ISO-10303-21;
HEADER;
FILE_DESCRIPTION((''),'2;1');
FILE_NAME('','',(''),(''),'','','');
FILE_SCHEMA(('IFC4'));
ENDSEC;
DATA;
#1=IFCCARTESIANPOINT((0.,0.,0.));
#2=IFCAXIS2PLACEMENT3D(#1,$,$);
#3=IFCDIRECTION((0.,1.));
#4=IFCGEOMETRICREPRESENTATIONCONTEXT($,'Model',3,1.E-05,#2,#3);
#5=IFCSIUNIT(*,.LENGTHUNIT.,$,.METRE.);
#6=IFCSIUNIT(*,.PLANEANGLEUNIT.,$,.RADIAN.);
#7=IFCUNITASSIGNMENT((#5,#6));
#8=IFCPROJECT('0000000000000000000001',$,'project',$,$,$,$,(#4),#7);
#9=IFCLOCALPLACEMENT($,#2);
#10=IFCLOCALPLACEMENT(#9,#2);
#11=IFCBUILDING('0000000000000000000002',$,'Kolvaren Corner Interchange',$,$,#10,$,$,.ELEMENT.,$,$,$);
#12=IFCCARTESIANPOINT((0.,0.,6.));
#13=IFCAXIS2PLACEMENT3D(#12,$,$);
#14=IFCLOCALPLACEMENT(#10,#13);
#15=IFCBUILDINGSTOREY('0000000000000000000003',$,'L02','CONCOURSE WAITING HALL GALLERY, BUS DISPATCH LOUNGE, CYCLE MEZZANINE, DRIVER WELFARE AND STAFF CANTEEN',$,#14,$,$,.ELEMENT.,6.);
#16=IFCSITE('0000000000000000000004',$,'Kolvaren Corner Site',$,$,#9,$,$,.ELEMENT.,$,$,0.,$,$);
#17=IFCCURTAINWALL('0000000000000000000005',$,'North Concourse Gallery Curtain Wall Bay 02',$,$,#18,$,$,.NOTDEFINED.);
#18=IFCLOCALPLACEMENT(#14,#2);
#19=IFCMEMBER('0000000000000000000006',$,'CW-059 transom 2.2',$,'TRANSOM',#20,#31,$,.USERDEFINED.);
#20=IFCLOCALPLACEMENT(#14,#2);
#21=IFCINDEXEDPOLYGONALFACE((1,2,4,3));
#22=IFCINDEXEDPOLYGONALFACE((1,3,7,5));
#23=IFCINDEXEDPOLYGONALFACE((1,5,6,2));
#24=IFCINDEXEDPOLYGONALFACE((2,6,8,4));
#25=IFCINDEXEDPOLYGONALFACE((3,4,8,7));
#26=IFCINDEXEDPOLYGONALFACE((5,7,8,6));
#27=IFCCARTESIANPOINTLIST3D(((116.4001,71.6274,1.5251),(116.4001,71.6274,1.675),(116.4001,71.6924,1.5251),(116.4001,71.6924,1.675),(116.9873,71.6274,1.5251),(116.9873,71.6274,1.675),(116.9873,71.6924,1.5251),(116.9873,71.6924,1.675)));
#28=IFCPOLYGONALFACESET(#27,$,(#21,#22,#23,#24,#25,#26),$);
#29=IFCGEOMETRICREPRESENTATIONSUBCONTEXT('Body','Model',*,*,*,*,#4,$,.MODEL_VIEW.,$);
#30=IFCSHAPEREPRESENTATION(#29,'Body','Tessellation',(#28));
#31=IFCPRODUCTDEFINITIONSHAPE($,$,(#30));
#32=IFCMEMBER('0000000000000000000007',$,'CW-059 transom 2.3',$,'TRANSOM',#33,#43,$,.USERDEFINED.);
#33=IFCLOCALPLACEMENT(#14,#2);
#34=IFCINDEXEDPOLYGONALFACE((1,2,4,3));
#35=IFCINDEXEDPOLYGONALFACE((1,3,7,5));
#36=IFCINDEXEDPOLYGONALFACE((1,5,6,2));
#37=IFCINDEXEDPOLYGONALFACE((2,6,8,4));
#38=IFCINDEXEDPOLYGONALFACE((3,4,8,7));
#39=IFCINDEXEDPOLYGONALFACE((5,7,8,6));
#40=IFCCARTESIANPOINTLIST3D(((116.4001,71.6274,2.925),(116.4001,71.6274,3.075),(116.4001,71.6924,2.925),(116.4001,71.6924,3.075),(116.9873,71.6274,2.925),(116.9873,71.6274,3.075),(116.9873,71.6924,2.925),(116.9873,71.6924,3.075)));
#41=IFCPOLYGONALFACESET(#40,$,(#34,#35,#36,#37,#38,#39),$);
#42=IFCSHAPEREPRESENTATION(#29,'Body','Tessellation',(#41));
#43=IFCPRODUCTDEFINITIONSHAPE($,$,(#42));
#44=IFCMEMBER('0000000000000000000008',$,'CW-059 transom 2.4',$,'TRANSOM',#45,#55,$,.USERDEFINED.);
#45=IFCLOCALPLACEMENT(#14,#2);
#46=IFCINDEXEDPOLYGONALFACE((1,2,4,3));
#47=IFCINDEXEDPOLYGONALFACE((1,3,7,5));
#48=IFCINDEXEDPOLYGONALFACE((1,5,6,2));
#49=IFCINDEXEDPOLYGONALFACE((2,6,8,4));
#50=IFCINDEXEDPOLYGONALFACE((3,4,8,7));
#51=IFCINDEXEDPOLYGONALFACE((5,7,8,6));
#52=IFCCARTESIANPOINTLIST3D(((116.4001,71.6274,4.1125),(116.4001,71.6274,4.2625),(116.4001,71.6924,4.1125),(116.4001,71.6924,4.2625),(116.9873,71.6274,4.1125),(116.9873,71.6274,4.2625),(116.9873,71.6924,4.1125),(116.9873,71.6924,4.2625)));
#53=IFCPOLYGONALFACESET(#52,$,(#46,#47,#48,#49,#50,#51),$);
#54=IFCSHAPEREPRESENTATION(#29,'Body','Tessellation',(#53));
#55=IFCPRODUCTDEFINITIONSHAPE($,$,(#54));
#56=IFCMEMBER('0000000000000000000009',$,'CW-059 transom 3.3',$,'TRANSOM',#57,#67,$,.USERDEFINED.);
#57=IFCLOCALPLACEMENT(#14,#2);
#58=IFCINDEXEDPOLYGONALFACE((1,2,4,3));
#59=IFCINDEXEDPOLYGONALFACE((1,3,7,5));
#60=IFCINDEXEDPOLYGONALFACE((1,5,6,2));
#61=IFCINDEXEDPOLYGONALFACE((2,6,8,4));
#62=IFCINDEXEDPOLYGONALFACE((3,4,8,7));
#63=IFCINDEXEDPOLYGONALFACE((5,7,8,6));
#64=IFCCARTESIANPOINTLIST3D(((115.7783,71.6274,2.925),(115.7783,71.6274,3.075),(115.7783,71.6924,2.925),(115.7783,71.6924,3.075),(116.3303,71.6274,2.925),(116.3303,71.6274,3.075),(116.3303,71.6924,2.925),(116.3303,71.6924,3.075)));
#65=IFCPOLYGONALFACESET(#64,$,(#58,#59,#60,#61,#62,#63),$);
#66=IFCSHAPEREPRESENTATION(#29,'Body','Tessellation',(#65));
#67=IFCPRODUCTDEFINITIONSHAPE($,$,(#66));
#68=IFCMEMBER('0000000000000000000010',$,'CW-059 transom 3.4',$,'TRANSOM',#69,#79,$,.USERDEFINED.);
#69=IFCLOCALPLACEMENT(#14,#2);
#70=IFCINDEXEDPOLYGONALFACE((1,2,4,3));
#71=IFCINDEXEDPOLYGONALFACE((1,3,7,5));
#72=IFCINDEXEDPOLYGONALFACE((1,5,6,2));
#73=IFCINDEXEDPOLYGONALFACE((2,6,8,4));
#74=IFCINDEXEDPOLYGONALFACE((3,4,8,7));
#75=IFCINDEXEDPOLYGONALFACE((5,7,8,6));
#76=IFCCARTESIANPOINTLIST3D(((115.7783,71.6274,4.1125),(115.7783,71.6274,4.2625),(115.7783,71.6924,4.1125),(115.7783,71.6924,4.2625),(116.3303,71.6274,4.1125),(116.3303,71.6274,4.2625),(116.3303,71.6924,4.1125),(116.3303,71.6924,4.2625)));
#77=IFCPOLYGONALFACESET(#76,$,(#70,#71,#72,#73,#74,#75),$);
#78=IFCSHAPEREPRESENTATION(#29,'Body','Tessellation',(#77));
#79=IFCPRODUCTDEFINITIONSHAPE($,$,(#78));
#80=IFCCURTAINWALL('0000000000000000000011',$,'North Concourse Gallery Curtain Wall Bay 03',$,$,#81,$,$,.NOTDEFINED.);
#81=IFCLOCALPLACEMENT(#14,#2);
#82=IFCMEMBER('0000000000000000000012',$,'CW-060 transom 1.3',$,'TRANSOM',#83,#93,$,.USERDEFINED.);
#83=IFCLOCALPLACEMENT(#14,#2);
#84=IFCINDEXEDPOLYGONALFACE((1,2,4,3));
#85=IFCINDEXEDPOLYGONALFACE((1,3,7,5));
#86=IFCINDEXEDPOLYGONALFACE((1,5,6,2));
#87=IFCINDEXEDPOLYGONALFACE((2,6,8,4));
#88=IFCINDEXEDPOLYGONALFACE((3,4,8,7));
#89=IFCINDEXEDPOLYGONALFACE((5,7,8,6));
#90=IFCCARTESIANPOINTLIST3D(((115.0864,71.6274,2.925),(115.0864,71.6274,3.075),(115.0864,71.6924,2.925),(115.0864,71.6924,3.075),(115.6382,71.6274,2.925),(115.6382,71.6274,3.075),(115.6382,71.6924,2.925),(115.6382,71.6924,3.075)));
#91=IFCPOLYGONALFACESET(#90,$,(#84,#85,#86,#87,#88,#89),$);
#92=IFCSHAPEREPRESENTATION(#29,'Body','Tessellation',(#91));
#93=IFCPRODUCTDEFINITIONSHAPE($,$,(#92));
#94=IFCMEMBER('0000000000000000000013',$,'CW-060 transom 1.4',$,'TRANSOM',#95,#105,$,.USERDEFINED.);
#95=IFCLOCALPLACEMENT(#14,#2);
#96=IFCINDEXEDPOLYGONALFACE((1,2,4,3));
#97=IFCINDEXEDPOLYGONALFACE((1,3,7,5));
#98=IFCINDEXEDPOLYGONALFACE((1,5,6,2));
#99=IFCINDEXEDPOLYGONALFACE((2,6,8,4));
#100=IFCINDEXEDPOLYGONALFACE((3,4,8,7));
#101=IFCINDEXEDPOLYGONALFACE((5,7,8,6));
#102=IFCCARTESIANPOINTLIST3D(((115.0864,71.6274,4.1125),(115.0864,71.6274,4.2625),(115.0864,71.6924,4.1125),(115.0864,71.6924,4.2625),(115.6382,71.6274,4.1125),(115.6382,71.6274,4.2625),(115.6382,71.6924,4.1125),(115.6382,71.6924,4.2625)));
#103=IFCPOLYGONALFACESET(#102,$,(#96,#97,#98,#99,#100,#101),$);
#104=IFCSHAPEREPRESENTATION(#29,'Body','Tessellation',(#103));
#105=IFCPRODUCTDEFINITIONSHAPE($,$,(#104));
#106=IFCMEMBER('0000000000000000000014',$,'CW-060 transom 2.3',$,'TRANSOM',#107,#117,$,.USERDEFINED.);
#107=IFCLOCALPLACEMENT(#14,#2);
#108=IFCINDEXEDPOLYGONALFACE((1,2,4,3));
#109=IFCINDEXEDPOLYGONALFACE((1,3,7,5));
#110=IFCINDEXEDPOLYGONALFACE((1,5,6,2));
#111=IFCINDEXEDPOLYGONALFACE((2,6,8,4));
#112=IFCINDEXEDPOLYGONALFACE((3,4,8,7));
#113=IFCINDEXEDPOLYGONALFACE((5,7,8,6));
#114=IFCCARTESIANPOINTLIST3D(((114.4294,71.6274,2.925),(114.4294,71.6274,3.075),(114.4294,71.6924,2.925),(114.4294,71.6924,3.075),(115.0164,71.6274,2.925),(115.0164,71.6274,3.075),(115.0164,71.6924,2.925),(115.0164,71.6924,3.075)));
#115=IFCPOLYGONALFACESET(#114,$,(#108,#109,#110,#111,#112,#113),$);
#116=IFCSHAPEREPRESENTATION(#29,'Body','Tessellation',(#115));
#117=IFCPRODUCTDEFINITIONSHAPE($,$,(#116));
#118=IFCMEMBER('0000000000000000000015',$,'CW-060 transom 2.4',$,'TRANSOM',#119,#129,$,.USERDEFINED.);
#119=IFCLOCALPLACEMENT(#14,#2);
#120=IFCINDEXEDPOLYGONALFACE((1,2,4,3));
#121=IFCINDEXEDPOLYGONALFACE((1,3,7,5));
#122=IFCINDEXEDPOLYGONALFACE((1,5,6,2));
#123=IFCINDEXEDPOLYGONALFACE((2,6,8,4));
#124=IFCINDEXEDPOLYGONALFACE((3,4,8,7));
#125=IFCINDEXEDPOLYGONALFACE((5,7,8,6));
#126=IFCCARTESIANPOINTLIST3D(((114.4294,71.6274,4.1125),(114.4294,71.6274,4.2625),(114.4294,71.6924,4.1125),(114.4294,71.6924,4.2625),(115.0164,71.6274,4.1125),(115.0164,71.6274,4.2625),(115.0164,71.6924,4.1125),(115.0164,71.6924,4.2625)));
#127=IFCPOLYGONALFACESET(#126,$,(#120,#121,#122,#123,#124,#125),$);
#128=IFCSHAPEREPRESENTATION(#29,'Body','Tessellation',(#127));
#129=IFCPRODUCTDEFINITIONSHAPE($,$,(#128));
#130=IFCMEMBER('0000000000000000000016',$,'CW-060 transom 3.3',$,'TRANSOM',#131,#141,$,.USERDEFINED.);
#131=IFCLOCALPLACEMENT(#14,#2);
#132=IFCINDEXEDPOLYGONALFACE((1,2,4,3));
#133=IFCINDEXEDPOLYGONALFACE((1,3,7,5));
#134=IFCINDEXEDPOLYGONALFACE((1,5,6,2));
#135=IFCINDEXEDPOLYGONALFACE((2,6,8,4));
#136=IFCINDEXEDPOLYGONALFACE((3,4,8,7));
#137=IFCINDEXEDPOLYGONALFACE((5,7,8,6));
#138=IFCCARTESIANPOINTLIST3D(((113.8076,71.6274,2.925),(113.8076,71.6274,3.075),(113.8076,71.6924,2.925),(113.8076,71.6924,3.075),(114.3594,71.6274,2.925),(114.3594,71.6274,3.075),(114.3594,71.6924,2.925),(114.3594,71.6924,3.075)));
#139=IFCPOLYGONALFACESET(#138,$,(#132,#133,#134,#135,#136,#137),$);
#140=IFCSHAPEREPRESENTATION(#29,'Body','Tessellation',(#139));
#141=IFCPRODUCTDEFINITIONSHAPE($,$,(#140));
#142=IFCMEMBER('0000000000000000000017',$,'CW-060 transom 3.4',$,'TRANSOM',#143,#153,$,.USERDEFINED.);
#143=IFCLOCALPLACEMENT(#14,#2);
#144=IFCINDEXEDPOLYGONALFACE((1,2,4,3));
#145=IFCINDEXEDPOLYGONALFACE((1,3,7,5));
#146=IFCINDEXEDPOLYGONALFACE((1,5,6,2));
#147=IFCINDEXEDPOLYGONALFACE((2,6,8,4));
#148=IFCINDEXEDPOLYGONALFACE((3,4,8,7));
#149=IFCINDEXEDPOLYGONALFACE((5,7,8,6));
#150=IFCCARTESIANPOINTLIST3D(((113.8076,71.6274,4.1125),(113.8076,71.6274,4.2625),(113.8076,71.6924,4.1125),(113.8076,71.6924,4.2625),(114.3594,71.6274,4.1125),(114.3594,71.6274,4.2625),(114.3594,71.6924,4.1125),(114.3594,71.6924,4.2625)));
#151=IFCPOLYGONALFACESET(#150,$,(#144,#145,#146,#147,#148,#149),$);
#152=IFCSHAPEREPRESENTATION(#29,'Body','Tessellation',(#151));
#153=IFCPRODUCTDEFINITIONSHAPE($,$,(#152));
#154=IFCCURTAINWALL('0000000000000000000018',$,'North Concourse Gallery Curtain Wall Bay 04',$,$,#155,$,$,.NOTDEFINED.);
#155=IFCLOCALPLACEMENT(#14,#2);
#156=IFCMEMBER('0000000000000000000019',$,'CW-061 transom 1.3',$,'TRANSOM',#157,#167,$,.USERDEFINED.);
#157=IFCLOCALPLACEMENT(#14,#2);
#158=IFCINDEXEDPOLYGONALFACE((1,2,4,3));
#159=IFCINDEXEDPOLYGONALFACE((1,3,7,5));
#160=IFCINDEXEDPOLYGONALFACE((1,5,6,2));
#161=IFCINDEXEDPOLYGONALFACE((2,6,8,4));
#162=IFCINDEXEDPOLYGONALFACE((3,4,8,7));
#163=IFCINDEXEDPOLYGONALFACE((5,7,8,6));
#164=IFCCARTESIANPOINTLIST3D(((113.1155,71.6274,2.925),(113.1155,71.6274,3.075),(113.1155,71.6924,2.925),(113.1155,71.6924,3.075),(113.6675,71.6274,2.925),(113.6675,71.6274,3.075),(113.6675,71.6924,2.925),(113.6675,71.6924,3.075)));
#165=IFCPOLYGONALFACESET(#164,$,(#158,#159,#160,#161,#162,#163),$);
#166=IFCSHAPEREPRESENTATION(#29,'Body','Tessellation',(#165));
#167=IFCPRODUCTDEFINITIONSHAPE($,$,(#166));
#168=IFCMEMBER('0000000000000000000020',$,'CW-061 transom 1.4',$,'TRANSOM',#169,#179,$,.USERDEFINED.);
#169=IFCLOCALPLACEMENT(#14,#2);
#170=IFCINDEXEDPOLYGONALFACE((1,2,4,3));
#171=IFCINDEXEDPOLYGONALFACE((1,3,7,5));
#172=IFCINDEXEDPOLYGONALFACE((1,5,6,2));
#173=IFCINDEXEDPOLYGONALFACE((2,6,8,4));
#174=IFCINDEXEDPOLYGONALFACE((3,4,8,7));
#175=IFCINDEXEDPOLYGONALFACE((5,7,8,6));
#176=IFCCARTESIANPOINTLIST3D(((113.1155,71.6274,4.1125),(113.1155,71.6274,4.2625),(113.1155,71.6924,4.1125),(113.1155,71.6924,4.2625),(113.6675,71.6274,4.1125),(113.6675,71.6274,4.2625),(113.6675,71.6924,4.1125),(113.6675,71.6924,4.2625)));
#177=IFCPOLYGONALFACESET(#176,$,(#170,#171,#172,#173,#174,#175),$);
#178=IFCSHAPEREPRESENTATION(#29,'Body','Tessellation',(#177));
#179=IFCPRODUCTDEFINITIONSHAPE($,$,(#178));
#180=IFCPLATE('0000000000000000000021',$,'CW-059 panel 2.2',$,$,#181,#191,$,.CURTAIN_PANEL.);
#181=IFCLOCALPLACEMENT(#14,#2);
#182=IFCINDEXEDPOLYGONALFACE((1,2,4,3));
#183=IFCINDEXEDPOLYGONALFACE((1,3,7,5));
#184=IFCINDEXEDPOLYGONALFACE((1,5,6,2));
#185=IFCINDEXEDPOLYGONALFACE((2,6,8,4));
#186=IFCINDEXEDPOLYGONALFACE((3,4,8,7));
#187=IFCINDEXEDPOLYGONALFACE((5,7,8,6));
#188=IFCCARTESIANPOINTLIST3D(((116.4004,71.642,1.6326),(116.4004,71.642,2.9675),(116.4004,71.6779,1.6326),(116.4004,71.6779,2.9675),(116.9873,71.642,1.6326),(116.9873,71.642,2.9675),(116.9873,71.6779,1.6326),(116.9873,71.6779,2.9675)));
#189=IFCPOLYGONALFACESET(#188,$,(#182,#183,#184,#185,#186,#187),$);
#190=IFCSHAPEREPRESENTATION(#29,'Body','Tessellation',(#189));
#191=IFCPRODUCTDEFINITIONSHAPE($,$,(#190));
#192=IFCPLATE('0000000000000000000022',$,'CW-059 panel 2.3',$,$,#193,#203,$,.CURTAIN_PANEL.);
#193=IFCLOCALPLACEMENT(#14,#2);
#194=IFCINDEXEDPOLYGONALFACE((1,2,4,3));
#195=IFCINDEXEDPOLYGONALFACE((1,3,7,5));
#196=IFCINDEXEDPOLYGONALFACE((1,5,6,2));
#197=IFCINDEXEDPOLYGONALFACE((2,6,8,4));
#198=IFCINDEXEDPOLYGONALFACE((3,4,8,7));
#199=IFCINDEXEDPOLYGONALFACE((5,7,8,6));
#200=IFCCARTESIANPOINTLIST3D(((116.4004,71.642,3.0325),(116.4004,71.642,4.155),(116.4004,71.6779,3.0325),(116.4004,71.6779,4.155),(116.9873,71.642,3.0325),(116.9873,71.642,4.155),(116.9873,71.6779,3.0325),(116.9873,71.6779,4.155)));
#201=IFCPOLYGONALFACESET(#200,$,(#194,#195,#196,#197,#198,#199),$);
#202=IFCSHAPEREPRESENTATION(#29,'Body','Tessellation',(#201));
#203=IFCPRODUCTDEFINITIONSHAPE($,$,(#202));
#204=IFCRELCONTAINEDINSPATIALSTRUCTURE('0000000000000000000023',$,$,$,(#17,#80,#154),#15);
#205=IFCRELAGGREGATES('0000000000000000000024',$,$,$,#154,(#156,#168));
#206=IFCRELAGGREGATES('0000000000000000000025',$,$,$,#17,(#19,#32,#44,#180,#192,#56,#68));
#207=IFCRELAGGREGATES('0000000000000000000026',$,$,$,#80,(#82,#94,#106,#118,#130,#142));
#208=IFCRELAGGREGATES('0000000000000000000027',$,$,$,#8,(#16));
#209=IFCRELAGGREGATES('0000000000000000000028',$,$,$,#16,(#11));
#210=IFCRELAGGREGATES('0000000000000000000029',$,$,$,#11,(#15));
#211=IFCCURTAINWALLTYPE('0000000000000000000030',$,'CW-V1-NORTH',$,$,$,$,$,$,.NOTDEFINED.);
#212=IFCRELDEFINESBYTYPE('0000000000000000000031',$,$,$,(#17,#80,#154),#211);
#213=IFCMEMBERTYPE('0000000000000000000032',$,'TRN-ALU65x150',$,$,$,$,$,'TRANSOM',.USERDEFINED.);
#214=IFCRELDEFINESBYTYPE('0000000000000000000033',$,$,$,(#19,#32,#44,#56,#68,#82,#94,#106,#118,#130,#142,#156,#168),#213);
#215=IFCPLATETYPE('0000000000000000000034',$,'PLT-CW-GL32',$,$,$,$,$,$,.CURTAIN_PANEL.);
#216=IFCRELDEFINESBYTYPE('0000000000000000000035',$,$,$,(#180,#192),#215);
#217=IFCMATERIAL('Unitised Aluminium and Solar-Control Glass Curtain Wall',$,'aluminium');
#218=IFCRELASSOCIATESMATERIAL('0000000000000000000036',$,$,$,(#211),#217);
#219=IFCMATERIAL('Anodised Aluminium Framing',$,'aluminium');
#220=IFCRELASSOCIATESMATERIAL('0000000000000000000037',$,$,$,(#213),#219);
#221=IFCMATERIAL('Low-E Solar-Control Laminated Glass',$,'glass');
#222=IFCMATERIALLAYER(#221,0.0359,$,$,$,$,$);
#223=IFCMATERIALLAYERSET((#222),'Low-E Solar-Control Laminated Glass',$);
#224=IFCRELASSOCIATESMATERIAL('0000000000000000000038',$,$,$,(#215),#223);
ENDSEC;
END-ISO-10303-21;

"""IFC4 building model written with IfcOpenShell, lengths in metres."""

from ifc_helpers import new_model, si_unit, direction, frame, origin, origin_2d, place, context, subcontext, project, spatial, rectangle, extrude, material, layer, layer_set, material_profile, profile_set, type_object, element, aggregate, save


model = new_model("IFC4")

# Units and contexts
model_context = context("Model", 3, precision=1e-05, world=origin(), true_north=direction((0.0, 1.0)))
body_context = subcontext(model_context, "Body", "Model", "MODEL_VIEW")
ifc_project = project(units=[si_unit("LENGTHUNIT", "METRE"), si_unit("PLANEANGLEUNIT", "RADIAN")], contexts=[model_context])

# Site, building, storey
site_placement = place(None, origin())
site = spatial("IfcSite", under=ifc_project, at=site_placement, Name="Kolvaren Corner Site", CompositionType="ELEMENT", RefElevation=0.0)
building_placement = place(site_placement, origin())
building = spatial("IfcBuilding", under=site, at=building_placement, Name="Kolvaren Corner Interchange", CompositionType="ELEMENT")
storey_placement = place(building_placement, frame((0.0, 0.0, 6.0)))
storey = spatial("IfcBuildingStorey", under=building, at=storey_placement, Name="L02", Description="CONCOURSE WAITING HALL GALLERY, BUS DISPATCH LOUNGE, CYCLE MEZZANINE, DRIVER WELFARE AND STAFF CANTEEN", CompositionType="ELEMENT", Elevation=6.0)

# Curtain walls, members
ifc_material_1 = material(Name="Unitised Aluminium and Solar-Control Glass Curtain Wall", Category="aluminium")
curtain_wall_type = type_object("IfcCurtainWallType", Name="CW-V1-NORTH", PredefinedType="NOTDEFINED", material=ifc_material_1)
curtain_wall_1_placement = place(storey_placement, origin())
curtain_wall_1 = element("IfcCurtainWall", 1, at=curtain_wall_1_placement, inside=storey, type_object=curtain_wall_type, Name="North Concourse Gallery Curtain Wall Bay 02", PredefinedType="NOTDEFINED")
ifc_material_2 = material(Name="Anodised Aluminium Framing", Category="aluminium")
ifc_material_profile = material_profile(ifc_material_2, rectangle(XDim=0.0649, YDim=0.1499, at=origin_2d()), Name="ALU 65x150")
ifc_profile_set = profile_set([ifc_material_profile], Name="Anodised Aluminium Framing")
member_type = type_object("IfcMemberType", Name="TRN-ALU65x150", ElementType="TRANSOM", PredefinedType="USERDEFINED", material=ifc_profile_set)
member_1_placement = place(storey_placement, frame((116.9873, 71.6599, 1.6001), z_axis=(-1.0, 0.0, 0.0), x_axis=(0.0, -1.0, 0.0)))
member_1 = element("IfcMember", 2, at=member_1_placement, type_object=member_type, Name="CW-059 transom 2.2", ObjectType="TRANSOM", PredefinedType="USERDEFINED", context=body_context, shape_type="SweptSolid", body=[
    extrude(rectangle(XDim=0.0649, YDim=0.1499, at=origin_2d()), origin(), (0.0, 0.0, 1.0), 0.5872),
])
member_2_placement = place(storey_placement, frame((116.9873, 71.6599, 3.0), z_axis=(-1.0, 0.0, 0.0), x_axis=(0.0, -1.0, 0.0)))
member_2 = element("IfcMember", 3, at=member_2_placement, type_object=member_type, Name="CW-059 transom 2.3", ObjectType="TRANSOM", PredefinedType="USERDEFINED", context=body_context, shape_type="SweptSolid", body=[
    extrude(rectangle(XDim=0.0649, YDim=0.1499, at=origin_2d()), origin(), (0.0, 0.0, 1.0), 0.5872),
])
member_3_placement = place(storey_placement, frame((116.9873, 71.6599, 4.1875), z_axis=(-1.0, 0.0, 0.0), x_axis=(0.0, -1.0, 0.0)))
member_3 = element("IfcMember", 4, at=member_3_placement, type_object=member_type, Name="CW-059 transom 2.4", ObjectType="TRANSOM", PredefinedType="USERDEFINED", context=body_context, shape_type="SweptSolid", body=[
    extrude(rectangle(XDim=0.0649, YDim=0.1499, at=origin_2d()), origin(), (0.0, 0.0, 1.0), 0.5872),
])
member_4_placement = place(storey_placement, frame((116.3303, 71.6599, 3.0), z_axis=(-1.0, 0.0, 0.0), x_axis=(0.0, -1.0, 0.0)))
member_4 = element("IfcMember", 5, at=member_4_placement, type_object=member_type, Name="CW-059 transom 3.3", ObjectType="TRANSOM", PredefinedType="USERDEFINED", context=body_context, shape_type="SweptSolid", body=[
    extrude(rectangle(XDim=0.0649, YDim=0.1499, at=origin_2d()), origin(), (0.0, 0.0, 1.0), 0.552),
])
member_5_placement = place(storey_placement, frame((116.3303, 71.6599, 4.1875), z_axis=(-1.0, 0.0, 0.0), x_axis=(0.0, -1.0, 0.0)))
member_5 = element("IfcMember", 6, at=member_5_placement, type_object=member_type, Name="CW-059 transom 3.4", ObjectType="TRANSOM", PredefinedType="USERDEFINED", context=body_context, shape_type="SweptSolid", body=[
    extrude(rectangle(XDim=0.0649, YDim=0.1499, at=origin_2d()), origin(), (0.0, 0.0, 1.0), 0.552),
])
curtain_wall_2_placement = place(storey_placement, origin())
curtain_wall_2 = element("IfcCurtainWall", 7, at=curtain_wall_2_placement, inside=storey, type_object=curtain_wall_type, Name="North Concourse Gallery Curtain Wall Bay 03", PredefinedType="NOTDEFINED")
member_6_placement = place(storey_placement, frame((115.6382, 71.6599, 3.0), z_axis=(-1.0, 0.0, 0.0), x_axis=(0.0, -1.0, 0.0)))
member_6 = element("IfcMember", 8, at=member_6_placement, type_object=member_type, Name="CW-060 transom 1.3", ObjectType="TRANSOM", PredefinedType="USERDEFINED", context=body_context, shape_type="SweptSolid", body=[
    extrude(rectangle(XDim=0.0649, YDim=0.1499, at=origin_2d()), origin(), (0.0, 0.0, 1.0), 0.5518),
])
member_7_placement = place(storey_placement, frame((115.6382, 71.6599, 4.1875), z_axis=(-1.0, 0.0, 0.0), x_axis=(0.0, -1.0, 0.0)))
member_7 = element("IfcMember", 9, at=member_7_placement, type_object=member_type, Name="CW-060 transom 1.4", ObjectType="TRANSOM", PredefinedType="USERDEFINED", context=body_context, shape_type="SweptSolid", body=[
    extrude(rectangle(XDim=0.0649, YDim=0.1499, at=origin_2d()), origin(), (0.0, 0.0, 1.0), 0.5518),
])
member_8_placement = place(storey_placement, frame((115.0164, 71.6599, 3.0), z_axis=(-1.0, 0.0, 0.0), x_axis=(0.0, -1.0, 0.0)))
member_8 = element("IfcMember", 10, at=member_8_placement, type_object=member_type, Name="CW-060 transom 2.3", ObjectType="TRANSOM", PredefinedType="USERDEFINED", context=body_context, shape_type="SweptSolid", body=[
    extrude(rectangle(XDim=0.0649, YDim=0.1499, at=origin_2d()), origin(), (0.0, 0.0, 1.0), 0.5869),
])
member_9_placement = place(storey_placement, frame((115.0164, 71.6599, 4.1875), z_axis=(-1.0, 0.0, 0.0), x_axis=(0.0, -1.0, 0.0)))
member_9 = element("IfcMember", 11, at=member_9_placement, type_object=member_type, Name="CW-060 transom 2.4", ObjectType="TRANSOM", PredefinedType="USERDEFINED", context=body_context, shape_type="SweptSolid", body=[
    extrude(rectangle(XDim=0.0649, YDim=0.1499, at=origin_2d()), origin(), (0.0, 0.0, 1.0), 0.5869),
])
member_10_placement = place(storey_placement, frame((114.3594, 71.6599, 3.0), z_axis=(-1.0, 0.0, 0.0), x_axis=(0.0, -1.0, 0.0)))
member_10 = element("IfcMember", 12, at=member_10_placement, type_object=member_type, Name="CW-060 transom 3.3", ObjectType="TRANSOM", PredefinedType="USERDEFINED", context=body_context, shape_type="SweptSolid", body=[
    extrude(rectangle(XDim=0.0649, YDim=0.1499, at=origin_2d()), origin(), (0.0, 0.0, 1.0), 0.5518),
])
member_11_placement = place(storey_placement, frame((114.3594, 71.6599, 4.1875), z_axis=(-1.0, 0.0, 0.0), x_axis=(0.0, -1.0, 0.0)))
member_11 = element("IfcMember", 13, at=member_11_placement, type_object=member_type, Name="CW-060 transom 3.4", ObjectType="TRANSOM", PredefinedType="USERDEFINED", context=body_context, shape_type="SweptSolid", body=[
    extrude(rectangle(XDim=0.0649, YDim=0.1499, at=origin_2d()), origin(), (0.0, 0.0, 1.0), 0.5518),
])
curtain_wall_3_placement = place(storey_placement, origin())
curtain_wall_3 = element("IfcCurtainWall", 14, at=curtain_wall_3_placement, inside=storey, type_object=curtain_wall_type, Name="North Concourse Gallery Curtain Wall Bay 04", PredefinedType="NOTDEFINED")
member_12_placement = place(storey_placement, frame((113.6675, 71.6599, 3.0), z_axis=(-1.0, 0.0, 0.0), x_axis=(0.0, -1.0, 0.0)))
member_12 = element("IfcMember", 15, at=member_12_placement, type_object=member_type, Name="CW-061 transom 1.3", ObjectType="TRANSOM", PredefinedType="USERDEFINED", context=body_context, shape_type="SweptSolid", body=[
    extrude(rectangle(XDim=0.0649, YDim=0.1499, at=origin_2d()), origin(), (0.0, 0.0, 1.0), 0.552),
])
member_13_placement = place(storey_placement, frame((113.6675, 71.6599, 4.1875), z_axis=(-1.0, 0.0, 0.0), x_axis=(0.0, -1.0, 0.0)))
member_13 = element("IfcMember", 16, at=member_13_placement, type_object=member_type, Name="CW-061 transom 1.4", ObjectType="TRANSOM", PredefinedType="USERDEFINED", context=body_context, shape_type="SweptSolid", body=[
    extrude(rectangle(XDim=0.0649, YDim=0.1499, at=origin_2d()), origin(), (0.0, 0.0, 1.0), 0.552),
])
aggregate(curtain_wall_3, [member_12, member_13])

# Plates
ifc_material_3 = material(Name="Low-E Solar-Control Laminated Glass", Category="glass")
ifc_layer = layer(ifc_material_3, 0.0359)
ifc_layer_set = layer_set([ifc_layer], Name="Low-E Solar-Control Laminated Glass")
plate_type = type_object("IfcPlateType", Name="PLT-CW-GL32", PredefinedType="CURTAIN_PANEL", material=ifc_layer_set)
plate_1_placement = place(storey_placement, frame((116.6938, 71.6599, 1.6326), z_axis=(0.0, 0.0, 1.0), x_axis=(-1.0, 0.0, 0.0)))
plate_1 = element("IfcPlate", 17, at=plate_1_placement, type_object=plate_type, Name="CW-059 panel 2.2", PredefinedType="CURTAIN_PANEL", context=body_context, shape_type="SweptSolid", body=[
    extrude(rectangle(XDim=0.5869, YDim=0.0359, at=origin_2d()), origin(), (0.0, 0.0, 1.0), 1.335),
])
plate_2_placement = place(storey_placement, frame((116.6938, 71.6599, 3.0325), z_axis=(0.0, 0.0, 1.0), x_axis=(-1.0, 0.0, 0.0)))
plate_2 = element("IfcPlate", 18, at=plate_2_placement, type_object=plate_type, Name="CW-059 panel 2.3", PredefinedType="CURTAIN_PANEL", context=body_context, shape_type="SweptSolid", body=[
    extrude(rectangle(XDim=0.5869, YDim=0.0359, at=origin_2d()), origin(), (0.0, 0.0, 1.0), 1.1226),
])
aggregate(curtain_wall_1, [member_1, member_2, member_3, plate_1, plate_2, member_4, member_5])
aggregate(curtain_wall_2, [member_6, member_7, member_8, member_9, member_10, member_11])

save(model, "model.ifc")
